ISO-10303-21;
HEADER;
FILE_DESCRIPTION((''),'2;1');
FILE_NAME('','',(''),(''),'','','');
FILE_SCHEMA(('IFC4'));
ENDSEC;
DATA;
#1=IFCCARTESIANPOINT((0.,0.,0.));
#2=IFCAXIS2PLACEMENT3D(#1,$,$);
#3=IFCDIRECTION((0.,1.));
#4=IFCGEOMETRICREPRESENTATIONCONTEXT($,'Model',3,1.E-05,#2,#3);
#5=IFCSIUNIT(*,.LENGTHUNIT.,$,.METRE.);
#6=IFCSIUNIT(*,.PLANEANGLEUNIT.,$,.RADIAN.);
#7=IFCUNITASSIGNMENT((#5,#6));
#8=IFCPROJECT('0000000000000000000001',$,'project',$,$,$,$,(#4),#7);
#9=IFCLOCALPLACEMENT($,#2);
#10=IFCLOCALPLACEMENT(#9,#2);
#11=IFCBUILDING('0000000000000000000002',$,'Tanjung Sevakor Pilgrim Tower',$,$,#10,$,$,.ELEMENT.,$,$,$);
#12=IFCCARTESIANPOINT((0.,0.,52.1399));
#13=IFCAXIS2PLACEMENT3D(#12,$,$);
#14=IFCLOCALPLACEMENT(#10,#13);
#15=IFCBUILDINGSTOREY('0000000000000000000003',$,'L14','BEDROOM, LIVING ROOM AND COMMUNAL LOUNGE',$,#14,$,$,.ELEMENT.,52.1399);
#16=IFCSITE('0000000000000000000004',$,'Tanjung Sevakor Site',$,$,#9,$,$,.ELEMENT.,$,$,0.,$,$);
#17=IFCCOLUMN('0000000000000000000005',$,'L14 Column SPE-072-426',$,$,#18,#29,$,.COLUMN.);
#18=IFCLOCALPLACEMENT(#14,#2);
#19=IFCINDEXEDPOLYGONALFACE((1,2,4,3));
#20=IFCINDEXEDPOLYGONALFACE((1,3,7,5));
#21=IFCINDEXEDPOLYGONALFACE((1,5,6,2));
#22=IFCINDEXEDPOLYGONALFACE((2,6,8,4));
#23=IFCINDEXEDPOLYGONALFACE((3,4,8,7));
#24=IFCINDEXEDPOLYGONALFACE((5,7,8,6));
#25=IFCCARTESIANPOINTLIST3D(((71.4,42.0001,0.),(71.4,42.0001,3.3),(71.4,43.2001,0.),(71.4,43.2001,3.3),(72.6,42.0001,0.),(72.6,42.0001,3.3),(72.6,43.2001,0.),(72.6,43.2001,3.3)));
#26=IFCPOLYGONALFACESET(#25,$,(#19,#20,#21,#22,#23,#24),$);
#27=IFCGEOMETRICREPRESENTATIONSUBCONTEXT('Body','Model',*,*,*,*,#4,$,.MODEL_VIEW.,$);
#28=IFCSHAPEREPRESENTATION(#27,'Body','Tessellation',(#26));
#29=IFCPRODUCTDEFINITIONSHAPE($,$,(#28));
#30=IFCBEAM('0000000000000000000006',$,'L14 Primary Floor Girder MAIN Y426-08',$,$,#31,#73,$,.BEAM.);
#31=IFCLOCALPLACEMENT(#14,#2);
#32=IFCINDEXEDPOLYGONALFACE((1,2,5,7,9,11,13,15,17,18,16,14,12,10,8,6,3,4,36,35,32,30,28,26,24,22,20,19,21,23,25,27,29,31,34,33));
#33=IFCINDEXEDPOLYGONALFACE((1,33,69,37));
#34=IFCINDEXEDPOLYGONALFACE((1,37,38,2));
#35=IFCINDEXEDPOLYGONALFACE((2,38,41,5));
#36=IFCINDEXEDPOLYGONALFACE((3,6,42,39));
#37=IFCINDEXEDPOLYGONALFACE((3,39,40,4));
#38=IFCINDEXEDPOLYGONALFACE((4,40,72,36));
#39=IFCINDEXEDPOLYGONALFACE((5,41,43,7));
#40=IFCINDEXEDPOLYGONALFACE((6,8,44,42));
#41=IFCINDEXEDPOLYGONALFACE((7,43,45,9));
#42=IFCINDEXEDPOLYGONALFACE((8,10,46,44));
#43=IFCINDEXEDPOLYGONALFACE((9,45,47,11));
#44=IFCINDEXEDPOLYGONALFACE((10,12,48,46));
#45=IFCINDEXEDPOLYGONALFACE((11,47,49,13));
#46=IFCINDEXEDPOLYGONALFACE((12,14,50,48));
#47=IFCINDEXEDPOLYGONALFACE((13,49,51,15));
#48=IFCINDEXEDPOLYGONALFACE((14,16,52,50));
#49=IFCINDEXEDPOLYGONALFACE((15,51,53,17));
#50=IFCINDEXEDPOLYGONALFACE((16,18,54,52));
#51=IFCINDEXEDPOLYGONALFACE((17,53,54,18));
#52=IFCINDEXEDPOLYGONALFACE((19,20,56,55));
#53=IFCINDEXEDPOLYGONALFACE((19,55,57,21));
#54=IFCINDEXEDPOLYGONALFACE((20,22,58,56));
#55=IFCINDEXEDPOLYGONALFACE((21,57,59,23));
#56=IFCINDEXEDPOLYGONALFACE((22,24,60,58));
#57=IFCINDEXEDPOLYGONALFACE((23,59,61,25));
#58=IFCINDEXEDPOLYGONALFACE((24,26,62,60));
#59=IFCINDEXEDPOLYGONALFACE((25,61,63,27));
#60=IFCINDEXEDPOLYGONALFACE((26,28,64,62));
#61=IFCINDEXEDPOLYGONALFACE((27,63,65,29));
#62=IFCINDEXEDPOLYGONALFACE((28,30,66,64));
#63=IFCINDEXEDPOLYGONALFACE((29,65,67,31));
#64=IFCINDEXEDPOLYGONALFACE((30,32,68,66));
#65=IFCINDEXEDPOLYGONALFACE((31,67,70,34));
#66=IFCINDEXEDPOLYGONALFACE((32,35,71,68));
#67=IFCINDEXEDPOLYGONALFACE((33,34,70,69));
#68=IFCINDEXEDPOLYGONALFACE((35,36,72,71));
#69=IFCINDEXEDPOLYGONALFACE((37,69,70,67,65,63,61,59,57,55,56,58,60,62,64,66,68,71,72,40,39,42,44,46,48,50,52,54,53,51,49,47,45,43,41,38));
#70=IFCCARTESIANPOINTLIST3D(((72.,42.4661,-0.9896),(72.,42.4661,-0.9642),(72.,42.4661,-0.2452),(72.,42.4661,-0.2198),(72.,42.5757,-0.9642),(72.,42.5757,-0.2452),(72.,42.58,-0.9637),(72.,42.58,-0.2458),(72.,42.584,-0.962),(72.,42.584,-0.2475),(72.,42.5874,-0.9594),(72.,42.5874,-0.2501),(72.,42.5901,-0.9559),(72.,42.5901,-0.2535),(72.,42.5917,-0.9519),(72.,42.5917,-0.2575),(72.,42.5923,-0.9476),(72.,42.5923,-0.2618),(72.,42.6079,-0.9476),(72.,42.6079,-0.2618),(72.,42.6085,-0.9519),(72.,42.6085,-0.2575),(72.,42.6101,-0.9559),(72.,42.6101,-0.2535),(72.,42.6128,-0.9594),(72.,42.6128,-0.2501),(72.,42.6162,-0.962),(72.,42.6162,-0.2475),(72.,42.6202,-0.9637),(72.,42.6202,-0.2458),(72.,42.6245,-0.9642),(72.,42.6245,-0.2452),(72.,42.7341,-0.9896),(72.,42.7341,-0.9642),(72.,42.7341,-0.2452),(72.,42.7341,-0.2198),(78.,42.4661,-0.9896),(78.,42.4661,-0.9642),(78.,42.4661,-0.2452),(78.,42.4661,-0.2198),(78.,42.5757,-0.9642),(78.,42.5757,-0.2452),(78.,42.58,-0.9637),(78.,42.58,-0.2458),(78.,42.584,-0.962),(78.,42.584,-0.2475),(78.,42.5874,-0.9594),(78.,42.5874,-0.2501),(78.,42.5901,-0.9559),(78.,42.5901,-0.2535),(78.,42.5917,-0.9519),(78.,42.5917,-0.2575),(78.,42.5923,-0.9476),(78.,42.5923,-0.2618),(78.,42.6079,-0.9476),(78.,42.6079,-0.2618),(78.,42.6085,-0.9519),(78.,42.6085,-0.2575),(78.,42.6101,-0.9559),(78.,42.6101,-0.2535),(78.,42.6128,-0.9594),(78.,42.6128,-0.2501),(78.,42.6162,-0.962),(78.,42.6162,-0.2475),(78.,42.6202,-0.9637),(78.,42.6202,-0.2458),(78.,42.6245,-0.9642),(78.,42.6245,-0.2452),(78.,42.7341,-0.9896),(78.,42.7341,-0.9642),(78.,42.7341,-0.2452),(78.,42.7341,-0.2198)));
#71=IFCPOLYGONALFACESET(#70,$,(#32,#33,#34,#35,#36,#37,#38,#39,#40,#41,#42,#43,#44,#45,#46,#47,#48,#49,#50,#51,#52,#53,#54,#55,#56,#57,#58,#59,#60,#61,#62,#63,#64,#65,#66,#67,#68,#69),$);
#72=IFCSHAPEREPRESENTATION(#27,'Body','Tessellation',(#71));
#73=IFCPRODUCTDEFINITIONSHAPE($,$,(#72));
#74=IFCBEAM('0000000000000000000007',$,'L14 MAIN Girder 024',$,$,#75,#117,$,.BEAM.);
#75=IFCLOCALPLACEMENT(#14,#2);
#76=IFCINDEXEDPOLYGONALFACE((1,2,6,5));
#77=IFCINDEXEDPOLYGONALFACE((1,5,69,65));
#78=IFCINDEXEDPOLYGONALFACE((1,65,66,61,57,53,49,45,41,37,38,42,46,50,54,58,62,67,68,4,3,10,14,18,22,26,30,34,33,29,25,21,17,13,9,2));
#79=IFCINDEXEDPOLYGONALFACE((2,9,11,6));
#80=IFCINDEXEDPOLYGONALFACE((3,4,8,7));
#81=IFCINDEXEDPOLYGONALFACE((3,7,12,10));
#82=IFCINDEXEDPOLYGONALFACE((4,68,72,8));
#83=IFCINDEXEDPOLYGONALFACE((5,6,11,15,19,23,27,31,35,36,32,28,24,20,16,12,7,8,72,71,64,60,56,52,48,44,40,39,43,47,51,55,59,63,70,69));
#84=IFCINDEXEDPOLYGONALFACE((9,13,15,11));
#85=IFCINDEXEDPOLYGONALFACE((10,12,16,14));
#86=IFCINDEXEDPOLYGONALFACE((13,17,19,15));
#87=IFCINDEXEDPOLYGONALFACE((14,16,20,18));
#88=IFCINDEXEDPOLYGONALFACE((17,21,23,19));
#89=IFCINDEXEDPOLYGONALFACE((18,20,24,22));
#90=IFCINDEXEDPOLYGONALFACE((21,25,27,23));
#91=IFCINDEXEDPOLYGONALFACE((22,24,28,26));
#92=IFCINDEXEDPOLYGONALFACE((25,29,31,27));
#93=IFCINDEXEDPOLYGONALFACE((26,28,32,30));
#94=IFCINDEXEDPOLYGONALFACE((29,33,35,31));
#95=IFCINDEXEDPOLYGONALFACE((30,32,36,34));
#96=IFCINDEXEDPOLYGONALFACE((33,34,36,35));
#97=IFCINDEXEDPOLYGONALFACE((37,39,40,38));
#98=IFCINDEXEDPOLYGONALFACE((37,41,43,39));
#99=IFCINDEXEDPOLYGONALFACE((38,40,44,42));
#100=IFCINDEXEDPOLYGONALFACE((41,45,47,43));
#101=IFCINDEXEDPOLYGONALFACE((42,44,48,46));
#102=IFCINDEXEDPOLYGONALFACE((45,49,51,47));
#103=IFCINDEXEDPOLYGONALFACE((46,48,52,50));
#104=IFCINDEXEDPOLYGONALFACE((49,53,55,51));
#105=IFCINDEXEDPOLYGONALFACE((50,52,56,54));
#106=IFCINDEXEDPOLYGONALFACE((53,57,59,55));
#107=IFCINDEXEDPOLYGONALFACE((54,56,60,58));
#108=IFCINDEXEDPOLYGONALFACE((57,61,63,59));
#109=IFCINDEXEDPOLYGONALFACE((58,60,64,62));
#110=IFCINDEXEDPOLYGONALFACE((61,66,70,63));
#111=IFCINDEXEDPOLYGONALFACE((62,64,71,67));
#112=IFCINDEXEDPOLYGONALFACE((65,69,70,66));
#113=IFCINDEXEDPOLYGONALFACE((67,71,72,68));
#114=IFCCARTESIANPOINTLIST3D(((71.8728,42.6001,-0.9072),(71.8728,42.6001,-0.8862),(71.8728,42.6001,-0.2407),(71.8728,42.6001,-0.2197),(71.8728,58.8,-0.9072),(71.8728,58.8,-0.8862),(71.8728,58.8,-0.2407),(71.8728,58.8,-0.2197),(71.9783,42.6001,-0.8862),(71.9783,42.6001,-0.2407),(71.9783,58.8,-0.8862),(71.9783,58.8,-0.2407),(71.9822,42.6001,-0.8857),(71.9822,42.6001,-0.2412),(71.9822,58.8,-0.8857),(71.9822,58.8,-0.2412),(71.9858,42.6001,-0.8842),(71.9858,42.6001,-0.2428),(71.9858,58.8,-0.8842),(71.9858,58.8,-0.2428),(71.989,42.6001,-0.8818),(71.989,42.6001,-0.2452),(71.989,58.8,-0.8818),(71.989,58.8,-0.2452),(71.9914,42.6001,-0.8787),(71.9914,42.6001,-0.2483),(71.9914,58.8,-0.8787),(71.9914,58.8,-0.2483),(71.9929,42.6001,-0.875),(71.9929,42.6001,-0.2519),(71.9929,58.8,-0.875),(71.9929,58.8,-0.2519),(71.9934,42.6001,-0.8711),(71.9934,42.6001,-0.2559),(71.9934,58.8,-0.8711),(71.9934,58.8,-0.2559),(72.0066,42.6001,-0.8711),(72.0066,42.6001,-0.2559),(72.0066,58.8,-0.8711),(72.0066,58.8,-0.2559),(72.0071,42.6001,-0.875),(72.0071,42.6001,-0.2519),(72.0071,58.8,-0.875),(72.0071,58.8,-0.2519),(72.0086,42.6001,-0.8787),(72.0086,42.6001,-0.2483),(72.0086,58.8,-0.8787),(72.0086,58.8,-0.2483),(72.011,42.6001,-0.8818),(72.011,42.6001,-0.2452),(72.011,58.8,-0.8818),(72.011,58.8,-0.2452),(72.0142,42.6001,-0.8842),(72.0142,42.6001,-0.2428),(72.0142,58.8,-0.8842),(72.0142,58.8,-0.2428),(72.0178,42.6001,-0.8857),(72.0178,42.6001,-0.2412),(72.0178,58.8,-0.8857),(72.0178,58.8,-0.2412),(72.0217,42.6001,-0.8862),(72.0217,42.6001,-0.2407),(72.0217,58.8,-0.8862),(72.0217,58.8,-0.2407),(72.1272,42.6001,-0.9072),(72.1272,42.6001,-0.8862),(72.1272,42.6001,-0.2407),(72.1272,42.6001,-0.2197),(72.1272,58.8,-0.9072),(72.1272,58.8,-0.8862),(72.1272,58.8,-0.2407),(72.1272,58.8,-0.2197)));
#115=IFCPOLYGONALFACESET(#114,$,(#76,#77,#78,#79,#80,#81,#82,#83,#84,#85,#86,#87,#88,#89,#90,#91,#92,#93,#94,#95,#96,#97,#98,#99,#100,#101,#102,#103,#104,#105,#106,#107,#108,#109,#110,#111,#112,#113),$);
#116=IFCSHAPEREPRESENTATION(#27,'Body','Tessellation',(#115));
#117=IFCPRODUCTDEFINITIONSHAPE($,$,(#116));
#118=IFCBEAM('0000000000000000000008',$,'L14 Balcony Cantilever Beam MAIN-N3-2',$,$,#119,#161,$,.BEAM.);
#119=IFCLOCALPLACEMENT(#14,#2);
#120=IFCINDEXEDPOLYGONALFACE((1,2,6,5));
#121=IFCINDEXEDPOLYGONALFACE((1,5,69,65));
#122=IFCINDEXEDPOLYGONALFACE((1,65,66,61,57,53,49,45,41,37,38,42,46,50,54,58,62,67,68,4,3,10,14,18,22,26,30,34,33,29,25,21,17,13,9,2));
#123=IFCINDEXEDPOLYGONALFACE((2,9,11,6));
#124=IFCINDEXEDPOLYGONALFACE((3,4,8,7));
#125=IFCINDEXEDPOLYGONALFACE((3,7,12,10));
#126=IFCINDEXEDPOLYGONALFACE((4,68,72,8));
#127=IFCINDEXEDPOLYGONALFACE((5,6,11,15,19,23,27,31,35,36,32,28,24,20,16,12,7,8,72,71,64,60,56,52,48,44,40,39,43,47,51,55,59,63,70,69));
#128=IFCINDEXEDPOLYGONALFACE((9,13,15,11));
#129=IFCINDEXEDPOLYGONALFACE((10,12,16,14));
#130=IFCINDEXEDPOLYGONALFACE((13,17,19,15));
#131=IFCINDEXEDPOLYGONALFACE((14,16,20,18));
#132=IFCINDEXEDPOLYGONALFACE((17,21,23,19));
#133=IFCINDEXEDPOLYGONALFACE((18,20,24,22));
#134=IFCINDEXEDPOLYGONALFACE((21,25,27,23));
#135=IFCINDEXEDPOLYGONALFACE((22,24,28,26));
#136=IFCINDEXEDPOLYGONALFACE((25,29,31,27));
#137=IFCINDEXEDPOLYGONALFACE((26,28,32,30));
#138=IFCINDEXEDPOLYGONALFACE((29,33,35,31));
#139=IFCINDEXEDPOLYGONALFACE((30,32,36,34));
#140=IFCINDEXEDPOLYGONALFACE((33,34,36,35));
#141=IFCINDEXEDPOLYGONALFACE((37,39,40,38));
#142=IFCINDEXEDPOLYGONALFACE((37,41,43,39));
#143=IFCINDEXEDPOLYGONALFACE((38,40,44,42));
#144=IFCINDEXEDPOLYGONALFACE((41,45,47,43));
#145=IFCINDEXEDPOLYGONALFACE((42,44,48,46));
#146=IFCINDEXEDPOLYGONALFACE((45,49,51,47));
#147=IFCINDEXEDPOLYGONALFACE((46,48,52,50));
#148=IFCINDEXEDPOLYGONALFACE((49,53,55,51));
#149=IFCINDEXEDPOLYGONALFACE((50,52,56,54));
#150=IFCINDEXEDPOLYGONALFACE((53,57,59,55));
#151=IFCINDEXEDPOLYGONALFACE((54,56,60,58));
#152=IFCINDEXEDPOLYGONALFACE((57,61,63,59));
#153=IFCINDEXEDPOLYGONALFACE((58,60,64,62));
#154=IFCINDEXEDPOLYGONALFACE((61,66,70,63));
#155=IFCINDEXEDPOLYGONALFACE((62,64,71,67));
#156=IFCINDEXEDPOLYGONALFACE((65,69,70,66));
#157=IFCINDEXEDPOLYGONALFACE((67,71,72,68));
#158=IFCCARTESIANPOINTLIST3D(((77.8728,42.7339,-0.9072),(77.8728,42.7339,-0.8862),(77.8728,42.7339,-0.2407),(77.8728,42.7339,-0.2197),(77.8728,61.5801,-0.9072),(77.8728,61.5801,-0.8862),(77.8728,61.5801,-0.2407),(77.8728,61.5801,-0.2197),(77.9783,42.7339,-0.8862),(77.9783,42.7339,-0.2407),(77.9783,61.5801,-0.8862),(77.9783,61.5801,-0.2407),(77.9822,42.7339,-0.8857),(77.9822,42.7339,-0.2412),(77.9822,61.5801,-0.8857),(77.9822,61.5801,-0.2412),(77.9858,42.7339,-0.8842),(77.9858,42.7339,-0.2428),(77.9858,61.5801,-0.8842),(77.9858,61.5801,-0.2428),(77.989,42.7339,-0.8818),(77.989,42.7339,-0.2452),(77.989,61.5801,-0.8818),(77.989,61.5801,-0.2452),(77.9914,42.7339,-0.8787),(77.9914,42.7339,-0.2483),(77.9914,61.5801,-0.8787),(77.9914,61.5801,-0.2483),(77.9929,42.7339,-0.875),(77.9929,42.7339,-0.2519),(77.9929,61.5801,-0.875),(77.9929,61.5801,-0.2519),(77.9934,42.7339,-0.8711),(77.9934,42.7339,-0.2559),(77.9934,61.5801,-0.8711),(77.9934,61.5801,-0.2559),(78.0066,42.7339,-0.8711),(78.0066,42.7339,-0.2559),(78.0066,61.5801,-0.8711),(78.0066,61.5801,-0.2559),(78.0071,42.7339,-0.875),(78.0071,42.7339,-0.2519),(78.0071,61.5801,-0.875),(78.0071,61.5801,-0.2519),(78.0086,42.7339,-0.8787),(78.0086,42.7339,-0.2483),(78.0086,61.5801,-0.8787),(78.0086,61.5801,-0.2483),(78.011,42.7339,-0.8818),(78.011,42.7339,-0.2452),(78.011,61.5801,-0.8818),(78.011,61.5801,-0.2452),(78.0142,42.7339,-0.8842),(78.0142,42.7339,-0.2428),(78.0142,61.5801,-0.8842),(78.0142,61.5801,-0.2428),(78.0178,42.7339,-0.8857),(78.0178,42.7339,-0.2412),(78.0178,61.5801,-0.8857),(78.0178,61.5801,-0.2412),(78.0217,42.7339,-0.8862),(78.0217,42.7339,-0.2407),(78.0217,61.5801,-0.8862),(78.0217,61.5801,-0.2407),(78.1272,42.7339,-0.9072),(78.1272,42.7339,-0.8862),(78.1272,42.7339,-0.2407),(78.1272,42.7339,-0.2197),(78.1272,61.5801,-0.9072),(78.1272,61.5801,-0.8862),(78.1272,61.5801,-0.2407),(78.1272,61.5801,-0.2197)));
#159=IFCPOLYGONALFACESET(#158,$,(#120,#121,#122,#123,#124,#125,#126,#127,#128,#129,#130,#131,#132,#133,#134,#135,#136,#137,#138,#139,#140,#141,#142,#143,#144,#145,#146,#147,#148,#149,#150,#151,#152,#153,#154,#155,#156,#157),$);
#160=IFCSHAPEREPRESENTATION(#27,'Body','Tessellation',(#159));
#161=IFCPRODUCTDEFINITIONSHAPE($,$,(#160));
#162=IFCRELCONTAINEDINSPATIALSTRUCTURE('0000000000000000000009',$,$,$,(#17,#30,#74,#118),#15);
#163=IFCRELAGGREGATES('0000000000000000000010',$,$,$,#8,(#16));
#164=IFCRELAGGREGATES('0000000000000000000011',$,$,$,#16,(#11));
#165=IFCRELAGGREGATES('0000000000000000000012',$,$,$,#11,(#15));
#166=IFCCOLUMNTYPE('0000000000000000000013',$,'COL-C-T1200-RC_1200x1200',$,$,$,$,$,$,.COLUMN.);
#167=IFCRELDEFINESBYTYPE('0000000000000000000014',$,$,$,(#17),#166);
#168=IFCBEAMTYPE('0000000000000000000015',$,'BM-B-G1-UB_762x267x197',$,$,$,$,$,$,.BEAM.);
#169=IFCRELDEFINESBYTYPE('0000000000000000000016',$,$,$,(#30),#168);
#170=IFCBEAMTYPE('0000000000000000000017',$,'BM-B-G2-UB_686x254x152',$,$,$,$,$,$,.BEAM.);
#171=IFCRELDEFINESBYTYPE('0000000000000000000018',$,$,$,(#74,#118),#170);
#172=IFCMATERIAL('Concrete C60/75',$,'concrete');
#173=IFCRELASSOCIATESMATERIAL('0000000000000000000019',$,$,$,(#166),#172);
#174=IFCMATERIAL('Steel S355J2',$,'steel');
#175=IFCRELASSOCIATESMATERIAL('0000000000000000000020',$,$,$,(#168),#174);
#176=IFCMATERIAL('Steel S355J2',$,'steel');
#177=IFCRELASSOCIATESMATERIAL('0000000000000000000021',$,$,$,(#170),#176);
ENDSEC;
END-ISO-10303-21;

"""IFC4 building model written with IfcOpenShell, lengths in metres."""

from ifc_helpers import new_model, si_unit, direction, frame, origin, origin_2d, place, context, subcontext, project, spatial, rectangle, i_section, extrude, material, material_profile, profile_set, type_object, element, save


model = new_model("IFC4")

# Units and contexts
model_context = context("Model", 3, precision=1e-05, world=origin(), true_north=direction((0.0, 1.0)))
body_context = subcontext(model_context, "Body", "Model", "MODEL_VIEW")
ifc_project = project(units=[si_unit("LENGTHUNIT", "METRE"), si_unit("PLANEANGLEUNIT", "RADIAN")], contexts=[model_context])

# Site, building, storey
site_placement = place(None, origin())
site = spatial("IfcSite", under=ifc_project, at=site_placement, Name="Tanjung Sevakor Site", CompositionType="ELEMENT", RefElevation=0.0)
building_placement = place(site_placement, origin())
building = spatial("IfcBuilding", under=site, at=building_placement, Name="Tanjung Sevakor Pilgrim Tower", CompositionType="ELEMENT")
storey_placement = place(building_placement, frame((0.0, 0.0, 52.1399)))
storey = spatial("IfcBuildingStorey", under=building, at=storey_placement, Name="L14", Description="BEDROOM, LIVING ROOM AND COMMUNAL LOUNGE", CompositionType="ELEMENT", Elevation=52.1399)

# Column
ifc_material_1 = material(Name="Concrete C60/75", Category="concrete")
ifc_material_profile_1 = material_profile(ifc_material_1, rectangle(XDim=1.2, YDim=1.2, at=origin_2d()))
ifc_profile_set_1 = profile_set([ifc_material_profile_1], Name="Concrete C60/75")
column_type = type_object("IfcColumnType", Name="COL-C-T1200-RC_1200x1200", PredefinedType="COLUMN", material=ifc_profile_set_1)
column_placement = place(storey_placement, frame((72.0, 42.6001, 0.0), z_axis=(0.0, 0.0, 1.0), x_axis=(1.0, 0.0, 0.0)))
element("IfcColumn", 1, at=column_placement, inside=storey, type_object=column_type, Name="L14 Column SPE-072-426", PredefinedType="COLUMN", context=body_context, shape_type="SweptSolid", body=[
    extrude(rectangle(XDim=1.2, YDim=1.2, at=origin_2d()), origin(), (0.0, 0.0, 1.0), 3.3),
])

# Beams
ifc_material_2 = material(Name="Steel S355J2", Category="steel")
ifc_material_profile_2 = material_profile(ifc_material_2, i_section(OverallWidth=0.2681, OverallDepth=0.7698, WebThickness=0.0156, FlangeThickness=0.0254, FilletRadius=0.0166, at=origin_2d()))
ifc_profile_set_2 = profile_set([ifc_material_profile_2], Name="Steel S355J2")
beam_type_1 = type_object("IfcBeamType", Name="BM-B-G1-UB_762x267x197", PredefinedType="BEAM", material=ifc_profile_set_2)
beam_1_placement = place(storey_placement, frame((72.0, 42.6001, -0.6047), z_axis=(1.0, 0.0, 0.0), x_axis=(0.0, 1.0, 0.0)))
element("IfcBeam", 2, at=beam_1_placement, inside=storey, type_object=beam_type_1, Name="L14 Primary Floor Girder MAIN Y426-08", PredefinedType="BEAM", context=body_context, shape_type="SweptSolid", body=[
    extrude(i_section(OverallWidth=0.2681, OverallDepth=0.7698, WebThickness=0.0156, FlangeThickness=0.0254, FilletRadius=0.0166, at=origin_2d()), origin(), (0.0, 0.0, 1.0), 6.0),
])
ifc_material_3 = material(Name="Steel S355J2", Category="steel")
ifc_material_profile_3 = material_profile(ifc_material_3, i_section(OverallWidth=0.2544, OverallDepth=0.6875, WebThickness=0.0132, FlangeThickness=0.021, FilletRadius=0.0151, at=origin_2d()))
ifc_profile_set_3 = profile_set([ifc_material_profile_3], Name="Steel S355J2")
beam_type_2 = type_object("IfcBeamType", Name="BM-B-G2-UB_686x254x152", PredefinedType="BEAM", material=ifc_profile_set_3)
beam_2_placement = place(storey_placement, frame((72.0, 42.6001, -0.5635), z_axis=(0.0, 1.0, 0.0), x_axis=(-1.0, 0.0, 0.0)))
element("IfcBeam", 3, at=beam_2_placement, inside=storey, type_object=beam_type_2, Name="L14 MAIN Girder 024", PredefinedType="BEAM", context=body_context, shape_type="SweptSolid", body=[
    extrude(i_section(OverallWidth=0.2544, OverallDepth=0.6875, WebThickness=0.0132, FlangeThickness=0.021, FilletRadius=0.0151, at=origin_2d()), origin(), (0.0, 0.0, 1.0), 16.2),
])
beam_3_placement = place(storey_placement, frame((78.0, 42.7339, -0.5635), z_axis=(0.0, 1.0, 0.0), x_axis=(-1.0, 0.0, 0.0)))
element("IfcBeam", 4, at=beam_3_placement, inside=storey, type_object=beam_type_2, Name="L14 Balcony Cantilever Beam MAIN-N3-2", PredefinedType="BEAM", context=body_context, shape_type="SweptSolid", body=[
    extrude(i_section(OverallWidth=0.2544, OverallDepth=0.6875, WebThickness=0.0132, FlangeThickness=0.021, FilletRadius=0.0151, at=origin_2d()), origin(), (0.0, 0.0, 1.0), 18.8462),
])

save(model, "model.ifc")
